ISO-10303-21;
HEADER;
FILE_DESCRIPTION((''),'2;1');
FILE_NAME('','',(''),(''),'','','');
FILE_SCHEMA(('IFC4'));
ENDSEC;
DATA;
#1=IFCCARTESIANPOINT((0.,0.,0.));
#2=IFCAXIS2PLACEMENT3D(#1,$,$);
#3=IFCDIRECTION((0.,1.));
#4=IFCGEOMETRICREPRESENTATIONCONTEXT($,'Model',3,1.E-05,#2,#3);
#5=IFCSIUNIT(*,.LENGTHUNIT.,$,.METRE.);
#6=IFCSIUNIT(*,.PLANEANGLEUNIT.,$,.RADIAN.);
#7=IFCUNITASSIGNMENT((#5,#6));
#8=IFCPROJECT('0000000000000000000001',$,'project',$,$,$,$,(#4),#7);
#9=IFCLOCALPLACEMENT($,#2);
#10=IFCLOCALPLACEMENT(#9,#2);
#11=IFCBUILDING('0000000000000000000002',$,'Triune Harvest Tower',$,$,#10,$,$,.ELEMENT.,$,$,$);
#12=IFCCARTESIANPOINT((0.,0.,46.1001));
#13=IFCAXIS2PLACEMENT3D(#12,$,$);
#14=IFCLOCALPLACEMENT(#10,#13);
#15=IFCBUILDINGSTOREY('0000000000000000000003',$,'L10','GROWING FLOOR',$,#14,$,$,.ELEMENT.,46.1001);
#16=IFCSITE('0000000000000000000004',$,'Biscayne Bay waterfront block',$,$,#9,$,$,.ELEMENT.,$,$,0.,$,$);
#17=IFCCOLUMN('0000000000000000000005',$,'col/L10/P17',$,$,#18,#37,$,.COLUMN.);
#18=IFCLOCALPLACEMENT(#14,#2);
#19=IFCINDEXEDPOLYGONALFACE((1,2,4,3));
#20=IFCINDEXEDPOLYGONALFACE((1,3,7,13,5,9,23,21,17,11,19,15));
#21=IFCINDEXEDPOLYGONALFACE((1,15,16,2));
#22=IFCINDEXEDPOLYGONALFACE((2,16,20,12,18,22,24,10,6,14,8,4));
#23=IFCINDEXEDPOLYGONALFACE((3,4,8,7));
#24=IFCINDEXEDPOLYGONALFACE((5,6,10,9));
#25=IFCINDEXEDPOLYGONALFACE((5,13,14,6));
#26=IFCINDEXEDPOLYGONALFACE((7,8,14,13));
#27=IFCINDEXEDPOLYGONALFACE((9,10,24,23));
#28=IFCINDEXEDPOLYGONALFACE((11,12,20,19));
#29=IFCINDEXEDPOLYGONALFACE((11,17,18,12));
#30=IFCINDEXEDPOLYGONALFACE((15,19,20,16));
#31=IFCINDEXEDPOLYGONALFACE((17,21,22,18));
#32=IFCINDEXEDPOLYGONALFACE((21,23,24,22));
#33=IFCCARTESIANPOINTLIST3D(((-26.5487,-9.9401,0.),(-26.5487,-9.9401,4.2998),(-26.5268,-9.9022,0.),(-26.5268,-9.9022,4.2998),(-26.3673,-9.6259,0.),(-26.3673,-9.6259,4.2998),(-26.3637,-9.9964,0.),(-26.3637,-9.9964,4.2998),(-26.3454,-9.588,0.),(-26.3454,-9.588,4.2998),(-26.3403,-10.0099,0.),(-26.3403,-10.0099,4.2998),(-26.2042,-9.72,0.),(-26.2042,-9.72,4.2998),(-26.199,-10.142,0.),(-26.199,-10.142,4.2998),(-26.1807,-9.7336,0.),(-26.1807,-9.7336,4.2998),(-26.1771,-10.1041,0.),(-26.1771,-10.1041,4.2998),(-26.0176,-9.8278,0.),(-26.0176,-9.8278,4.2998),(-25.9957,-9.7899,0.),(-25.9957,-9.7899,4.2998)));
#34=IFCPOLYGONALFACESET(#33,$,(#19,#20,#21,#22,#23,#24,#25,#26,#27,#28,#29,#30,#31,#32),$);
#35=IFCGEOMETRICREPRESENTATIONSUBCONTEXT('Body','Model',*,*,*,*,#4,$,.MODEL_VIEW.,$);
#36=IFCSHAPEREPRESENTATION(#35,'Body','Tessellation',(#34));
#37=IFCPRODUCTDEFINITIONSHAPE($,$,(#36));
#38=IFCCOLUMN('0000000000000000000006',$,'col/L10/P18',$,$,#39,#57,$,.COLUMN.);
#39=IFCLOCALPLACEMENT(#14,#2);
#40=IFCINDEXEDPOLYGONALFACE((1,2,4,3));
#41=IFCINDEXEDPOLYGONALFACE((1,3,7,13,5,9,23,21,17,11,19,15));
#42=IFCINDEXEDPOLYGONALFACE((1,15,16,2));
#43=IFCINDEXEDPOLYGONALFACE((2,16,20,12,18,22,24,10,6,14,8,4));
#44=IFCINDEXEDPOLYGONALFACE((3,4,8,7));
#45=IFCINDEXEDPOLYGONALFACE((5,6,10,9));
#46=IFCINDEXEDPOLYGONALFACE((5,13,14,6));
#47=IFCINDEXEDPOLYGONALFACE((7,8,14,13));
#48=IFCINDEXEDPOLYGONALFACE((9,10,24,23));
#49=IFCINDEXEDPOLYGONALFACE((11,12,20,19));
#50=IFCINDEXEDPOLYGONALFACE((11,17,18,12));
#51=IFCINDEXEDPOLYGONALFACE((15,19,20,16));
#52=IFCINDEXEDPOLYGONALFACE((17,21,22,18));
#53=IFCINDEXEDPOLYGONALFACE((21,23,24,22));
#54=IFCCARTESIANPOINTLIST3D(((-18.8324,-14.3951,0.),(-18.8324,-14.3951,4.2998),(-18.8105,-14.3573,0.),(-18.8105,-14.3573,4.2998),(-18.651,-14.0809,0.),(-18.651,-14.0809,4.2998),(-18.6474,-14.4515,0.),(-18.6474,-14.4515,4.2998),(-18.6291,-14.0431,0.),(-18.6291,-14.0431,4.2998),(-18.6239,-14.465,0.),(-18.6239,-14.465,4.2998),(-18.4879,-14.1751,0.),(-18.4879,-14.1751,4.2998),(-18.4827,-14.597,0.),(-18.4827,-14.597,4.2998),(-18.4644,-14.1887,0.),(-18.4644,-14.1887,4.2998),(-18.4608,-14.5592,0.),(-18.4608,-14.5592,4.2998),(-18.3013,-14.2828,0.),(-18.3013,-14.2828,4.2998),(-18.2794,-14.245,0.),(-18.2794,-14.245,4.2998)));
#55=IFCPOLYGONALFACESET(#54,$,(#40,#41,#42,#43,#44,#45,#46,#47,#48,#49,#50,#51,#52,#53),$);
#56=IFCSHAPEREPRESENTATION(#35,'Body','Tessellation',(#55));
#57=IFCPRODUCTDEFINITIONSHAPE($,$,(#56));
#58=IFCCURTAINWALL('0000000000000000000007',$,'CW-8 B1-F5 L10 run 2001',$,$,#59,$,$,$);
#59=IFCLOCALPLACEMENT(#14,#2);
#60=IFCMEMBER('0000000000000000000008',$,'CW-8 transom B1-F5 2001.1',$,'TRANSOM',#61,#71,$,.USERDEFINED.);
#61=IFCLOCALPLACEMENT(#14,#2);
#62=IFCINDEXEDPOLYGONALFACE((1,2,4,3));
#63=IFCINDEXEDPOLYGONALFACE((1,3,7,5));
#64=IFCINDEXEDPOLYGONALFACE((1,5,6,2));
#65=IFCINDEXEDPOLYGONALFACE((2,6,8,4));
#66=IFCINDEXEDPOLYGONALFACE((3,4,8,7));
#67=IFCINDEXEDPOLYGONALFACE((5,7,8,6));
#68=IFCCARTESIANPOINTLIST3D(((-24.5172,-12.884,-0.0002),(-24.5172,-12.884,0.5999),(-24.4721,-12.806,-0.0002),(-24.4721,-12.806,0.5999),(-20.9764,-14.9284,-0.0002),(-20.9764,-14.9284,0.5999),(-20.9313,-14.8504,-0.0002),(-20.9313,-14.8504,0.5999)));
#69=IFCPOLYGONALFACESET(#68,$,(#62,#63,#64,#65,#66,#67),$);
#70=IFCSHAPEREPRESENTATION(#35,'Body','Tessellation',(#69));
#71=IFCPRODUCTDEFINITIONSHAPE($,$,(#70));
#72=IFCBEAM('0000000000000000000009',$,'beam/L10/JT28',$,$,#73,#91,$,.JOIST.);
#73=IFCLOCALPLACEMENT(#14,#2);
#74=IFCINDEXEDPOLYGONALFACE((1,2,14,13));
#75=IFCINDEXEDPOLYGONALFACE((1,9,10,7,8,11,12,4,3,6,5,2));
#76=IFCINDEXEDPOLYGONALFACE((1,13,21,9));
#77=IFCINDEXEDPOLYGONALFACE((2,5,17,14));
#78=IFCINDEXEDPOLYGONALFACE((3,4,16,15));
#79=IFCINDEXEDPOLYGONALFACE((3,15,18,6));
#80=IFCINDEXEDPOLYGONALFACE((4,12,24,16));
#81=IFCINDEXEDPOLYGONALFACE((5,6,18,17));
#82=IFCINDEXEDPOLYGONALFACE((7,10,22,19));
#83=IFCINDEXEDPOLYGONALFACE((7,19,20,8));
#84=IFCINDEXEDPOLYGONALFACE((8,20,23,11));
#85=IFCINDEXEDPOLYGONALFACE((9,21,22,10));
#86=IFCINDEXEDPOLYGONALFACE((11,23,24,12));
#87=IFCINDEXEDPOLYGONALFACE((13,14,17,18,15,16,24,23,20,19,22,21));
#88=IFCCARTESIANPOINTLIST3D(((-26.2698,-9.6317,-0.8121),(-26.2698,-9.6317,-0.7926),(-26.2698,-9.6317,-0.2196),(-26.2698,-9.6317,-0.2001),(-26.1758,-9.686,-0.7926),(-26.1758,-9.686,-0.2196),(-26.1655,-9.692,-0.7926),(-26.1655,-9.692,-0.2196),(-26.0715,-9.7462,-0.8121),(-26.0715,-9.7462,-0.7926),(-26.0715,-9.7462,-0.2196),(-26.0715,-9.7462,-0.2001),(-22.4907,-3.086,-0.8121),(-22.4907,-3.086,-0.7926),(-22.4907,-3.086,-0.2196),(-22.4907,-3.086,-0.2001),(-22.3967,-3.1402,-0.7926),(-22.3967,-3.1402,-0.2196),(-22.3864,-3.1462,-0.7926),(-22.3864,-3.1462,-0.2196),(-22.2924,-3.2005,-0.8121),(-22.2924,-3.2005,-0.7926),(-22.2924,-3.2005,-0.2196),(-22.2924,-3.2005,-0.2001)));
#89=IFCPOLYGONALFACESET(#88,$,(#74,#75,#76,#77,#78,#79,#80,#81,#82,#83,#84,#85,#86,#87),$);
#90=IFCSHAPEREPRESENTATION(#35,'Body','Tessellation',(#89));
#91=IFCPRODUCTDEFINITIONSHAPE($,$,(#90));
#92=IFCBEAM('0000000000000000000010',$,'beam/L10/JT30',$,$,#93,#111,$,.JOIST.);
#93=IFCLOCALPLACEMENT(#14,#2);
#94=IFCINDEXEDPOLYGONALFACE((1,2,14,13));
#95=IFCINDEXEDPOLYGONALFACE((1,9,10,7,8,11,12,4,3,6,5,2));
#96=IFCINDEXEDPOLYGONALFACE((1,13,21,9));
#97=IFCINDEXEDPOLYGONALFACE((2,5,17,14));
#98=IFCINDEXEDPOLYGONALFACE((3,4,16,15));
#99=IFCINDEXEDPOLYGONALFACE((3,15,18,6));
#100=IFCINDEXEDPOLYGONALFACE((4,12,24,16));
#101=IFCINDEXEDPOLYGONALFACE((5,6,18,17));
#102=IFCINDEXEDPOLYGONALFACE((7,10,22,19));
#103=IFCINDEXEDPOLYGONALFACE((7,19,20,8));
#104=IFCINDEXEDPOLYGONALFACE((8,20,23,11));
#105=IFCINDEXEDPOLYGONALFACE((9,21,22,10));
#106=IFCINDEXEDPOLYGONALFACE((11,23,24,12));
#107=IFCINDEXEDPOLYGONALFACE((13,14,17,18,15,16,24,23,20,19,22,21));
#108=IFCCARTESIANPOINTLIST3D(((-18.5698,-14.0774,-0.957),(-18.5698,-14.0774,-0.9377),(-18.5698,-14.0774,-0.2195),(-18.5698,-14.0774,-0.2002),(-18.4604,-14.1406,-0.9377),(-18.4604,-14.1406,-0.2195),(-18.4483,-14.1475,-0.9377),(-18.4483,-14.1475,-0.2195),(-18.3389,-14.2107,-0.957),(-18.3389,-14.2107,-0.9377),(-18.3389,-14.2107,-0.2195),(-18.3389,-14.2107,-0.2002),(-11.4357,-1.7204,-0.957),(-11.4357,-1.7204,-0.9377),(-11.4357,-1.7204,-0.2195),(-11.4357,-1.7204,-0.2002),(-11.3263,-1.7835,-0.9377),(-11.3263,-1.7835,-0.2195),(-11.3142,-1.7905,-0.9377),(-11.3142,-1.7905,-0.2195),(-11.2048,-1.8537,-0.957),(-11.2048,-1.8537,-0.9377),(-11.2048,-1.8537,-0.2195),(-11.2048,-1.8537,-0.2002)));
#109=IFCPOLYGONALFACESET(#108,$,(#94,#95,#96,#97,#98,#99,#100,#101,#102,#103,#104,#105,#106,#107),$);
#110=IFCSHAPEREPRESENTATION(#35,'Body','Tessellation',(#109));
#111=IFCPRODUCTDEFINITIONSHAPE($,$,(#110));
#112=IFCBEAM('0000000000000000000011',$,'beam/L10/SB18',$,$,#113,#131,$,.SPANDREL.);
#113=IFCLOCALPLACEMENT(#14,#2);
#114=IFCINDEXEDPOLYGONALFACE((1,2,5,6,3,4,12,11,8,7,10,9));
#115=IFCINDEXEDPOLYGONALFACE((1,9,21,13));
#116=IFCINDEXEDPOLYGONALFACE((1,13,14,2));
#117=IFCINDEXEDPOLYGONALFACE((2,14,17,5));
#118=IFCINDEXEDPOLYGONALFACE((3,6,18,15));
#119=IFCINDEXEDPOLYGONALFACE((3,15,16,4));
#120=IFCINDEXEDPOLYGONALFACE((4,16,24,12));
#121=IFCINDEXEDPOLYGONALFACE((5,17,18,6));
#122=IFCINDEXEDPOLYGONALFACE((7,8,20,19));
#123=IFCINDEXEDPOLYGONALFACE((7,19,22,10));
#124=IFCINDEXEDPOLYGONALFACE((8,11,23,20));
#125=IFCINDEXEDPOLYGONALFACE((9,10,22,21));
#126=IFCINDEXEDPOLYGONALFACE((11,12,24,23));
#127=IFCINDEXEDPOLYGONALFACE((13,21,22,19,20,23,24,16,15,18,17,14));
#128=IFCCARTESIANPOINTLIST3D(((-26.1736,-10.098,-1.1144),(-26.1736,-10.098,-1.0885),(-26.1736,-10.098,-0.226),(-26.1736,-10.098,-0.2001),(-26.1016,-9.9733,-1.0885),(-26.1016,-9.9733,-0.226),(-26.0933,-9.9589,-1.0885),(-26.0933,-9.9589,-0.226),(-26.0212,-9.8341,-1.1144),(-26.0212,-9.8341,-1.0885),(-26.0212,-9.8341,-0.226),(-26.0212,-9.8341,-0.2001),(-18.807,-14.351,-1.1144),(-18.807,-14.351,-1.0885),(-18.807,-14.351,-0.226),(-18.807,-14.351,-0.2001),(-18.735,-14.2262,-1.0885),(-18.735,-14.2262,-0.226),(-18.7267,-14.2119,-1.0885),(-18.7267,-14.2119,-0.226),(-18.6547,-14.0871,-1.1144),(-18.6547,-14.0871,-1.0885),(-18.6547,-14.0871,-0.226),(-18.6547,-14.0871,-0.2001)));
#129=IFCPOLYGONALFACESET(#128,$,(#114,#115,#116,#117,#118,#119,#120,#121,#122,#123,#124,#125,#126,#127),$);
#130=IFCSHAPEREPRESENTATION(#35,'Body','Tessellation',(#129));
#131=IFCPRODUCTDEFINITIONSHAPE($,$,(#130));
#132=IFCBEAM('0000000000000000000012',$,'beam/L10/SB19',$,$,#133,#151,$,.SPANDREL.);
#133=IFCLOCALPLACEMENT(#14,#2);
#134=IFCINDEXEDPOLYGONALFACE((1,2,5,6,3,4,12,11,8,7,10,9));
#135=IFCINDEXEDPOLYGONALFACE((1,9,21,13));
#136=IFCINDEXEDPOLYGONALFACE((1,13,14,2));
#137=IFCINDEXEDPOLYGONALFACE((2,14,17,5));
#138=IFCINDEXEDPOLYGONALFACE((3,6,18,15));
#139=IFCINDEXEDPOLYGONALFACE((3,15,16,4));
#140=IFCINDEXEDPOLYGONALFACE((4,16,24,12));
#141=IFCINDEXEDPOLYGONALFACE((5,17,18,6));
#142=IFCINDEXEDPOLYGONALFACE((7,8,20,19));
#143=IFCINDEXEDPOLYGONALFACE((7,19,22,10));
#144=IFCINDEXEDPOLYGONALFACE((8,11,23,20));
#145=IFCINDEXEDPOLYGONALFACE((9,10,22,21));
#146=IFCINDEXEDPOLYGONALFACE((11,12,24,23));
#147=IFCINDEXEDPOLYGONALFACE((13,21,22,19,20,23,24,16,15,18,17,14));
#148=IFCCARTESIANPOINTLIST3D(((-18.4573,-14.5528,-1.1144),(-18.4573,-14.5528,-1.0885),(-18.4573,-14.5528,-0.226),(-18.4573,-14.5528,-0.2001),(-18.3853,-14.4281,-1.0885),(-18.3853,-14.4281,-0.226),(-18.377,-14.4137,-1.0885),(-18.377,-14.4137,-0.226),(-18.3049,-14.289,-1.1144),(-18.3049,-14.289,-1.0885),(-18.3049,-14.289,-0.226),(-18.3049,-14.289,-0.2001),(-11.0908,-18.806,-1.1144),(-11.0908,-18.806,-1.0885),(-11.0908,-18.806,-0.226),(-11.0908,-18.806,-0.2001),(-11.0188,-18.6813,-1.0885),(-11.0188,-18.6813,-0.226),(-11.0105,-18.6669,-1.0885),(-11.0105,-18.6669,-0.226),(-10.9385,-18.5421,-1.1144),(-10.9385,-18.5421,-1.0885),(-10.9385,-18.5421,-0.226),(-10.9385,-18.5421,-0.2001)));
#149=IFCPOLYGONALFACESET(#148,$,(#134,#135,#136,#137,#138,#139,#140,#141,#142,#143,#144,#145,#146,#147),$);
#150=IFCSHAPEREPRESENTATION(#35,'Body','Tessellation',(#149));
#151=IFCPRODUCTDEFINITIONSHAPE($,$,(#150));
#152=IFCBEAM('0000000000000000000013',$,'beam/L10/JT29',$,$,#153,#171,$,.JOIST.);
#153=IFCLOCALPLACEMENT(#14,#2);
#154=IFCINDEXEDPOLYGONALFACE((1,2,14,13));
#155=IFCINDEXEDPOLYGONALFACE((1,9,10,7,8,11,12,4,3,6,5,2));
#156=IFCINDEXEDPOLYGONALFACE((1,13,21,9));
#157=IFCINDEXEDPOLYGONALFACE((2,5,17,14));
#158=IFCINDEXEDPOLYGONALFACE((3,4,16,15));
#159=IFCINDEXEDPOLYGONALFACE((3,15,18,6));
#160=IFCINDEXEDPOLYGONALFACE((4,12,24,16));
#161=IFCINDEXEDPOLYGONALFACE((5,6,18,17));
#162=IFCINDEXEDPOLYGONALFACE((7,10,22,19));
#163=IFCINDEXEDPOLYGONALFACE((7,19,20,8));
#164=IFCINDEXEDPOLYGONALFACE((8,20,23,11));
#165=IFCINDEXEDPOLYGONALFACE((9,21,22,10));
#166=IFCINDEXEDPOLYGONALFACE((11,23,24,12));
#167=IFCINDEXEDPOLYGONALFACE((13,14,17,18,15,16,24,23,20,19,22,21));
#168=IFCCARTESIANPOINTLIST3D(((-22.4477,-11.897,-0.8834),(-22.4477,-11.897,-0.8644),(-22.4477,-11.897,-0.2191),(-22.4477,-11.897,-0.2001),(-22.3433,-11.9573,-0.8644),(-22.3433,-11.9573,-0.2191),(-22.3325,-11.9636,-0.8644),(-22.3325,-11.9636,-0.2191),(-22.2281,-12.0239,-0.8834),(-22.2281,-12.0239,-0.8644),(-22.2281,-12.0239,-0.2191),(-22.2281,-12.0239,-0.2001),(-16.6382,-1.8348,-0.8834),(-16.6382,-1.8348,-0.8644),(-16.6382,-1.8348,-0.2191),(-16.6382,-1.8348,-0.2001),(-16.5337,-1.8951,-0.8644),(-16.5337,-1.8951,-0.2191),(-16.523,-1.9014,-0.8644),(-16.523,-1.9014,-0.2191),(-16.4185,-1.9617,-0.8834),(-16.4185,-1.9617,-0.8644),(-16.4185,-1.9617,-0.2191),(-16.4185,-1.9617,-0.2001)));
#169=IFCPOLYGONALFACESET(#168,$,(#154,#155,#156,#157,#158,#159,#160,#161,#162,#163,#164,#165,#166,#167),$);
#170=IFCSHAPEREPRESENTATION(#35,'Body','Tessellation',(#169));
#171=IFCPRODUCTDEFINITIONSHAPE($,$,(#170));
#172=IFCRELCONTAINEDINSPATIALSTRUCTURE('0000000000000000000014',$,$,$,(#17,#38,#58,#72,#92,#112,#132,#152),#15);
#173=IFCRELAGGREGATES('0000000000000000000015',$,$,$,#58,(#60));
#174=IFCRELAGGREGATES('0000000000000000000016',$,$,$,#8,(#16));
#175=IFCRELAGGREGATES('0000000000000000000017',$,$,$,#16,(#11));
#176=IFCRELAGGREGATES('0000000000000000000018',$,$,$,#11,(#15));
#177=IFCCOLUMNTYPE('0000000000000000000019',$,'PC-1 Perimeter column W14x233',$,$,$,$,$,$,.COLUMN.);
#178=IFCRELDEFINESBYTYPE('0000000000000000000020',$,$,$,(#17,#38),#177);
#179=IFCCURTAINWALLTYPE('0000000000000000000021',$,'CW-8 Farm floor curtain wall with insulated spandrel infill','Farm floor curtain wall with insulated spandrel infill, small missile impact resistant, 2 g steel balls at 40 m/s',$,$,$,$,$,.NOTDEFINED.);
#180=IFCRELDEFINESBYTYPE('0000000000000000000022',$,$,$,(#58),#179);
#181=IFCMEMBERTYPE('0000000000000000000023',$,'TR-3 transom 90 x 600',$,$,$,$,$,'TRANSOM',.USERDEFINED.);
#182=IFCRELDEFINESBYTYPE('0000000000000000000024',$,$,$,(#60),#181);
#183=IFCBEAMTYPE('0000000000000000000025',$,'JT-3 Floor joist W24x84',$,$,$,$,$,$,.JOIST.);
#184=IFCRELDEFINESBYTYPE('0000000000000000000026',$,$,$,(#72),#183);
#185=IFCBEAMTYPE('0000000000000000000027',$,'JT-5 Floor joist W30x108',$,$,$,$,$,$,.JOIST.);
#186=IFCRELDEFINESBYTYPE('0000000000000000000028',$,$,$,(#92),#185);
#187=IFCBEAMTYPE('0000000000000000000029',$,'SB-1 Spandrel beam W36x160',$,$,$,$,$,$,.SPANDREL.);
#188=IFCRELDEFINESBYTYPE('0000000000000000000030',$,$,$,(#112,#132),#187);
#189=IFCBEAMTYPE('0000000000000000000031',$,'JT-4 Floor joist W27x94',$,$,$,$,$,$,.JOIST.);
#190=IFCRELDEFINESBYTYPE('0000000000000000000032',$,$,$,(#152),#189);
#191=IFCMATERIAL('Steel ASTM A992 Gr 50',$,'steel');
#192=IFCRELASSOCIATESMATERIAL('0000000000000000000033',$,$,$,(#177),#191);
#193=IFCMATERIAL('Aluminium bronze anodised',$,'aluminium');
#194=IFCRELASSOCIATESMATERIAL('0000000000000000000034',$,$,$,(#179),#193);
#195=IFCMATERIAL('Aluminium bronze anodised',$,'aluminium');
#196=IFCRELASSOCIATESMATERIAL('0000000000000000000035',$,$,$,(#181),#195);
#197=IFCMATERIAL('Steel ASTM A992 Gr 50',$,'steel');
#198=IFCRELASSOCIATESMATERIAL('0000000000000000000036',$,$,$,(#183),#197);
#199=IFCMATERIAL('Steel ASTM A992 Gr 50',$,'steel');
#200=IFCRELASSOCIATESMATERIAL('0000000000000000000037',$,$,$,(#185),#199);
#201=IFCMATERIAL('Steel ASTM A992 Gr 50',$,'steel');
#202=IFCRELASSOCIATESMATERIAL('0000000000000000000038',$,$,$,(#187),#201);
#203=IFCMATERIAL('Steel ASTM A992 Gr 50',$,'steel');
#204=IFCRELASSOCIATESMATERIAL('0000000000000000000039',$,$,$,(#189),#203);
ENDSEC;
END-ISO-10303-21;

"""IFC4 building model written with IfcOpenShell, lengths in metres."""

from ifc_helpers import new_model, si_unit, direction, frame, origin, origin_2d, place, context, subcontext, project, spatial, rectangle, i_section, extrude, source, transform, mapped, material, material_profile, profile_set, type_object, element, aggregate, save


model = new_model("IFC4")

# Units and contexts
model_context = context("Model", 3, precision=1e-05, world=origin(), true_north=direction((0.0, 1.0)))
body_context = subcontext(model_context, "Body", "Model", "MODEL_VIEW")
ifc_project = project(units=[si_unit("LENGTHUNIT", "METRE"), si_unit("PLANEANGLEUNIT", "RADIAN")], contexts=[model_context])

# Site, building, storey
site_placement = place(None, origin())
site = spatial("IfcSite", under=ifc_project, at=site_placement, Name="Biscayne Bay waterfront block", CompositionType="ELEMENT", RefElevation=0.0)
building_placement = place(site_placement, origin())
building = spatial("IfcBuilding", under=site, at=building_placement, Name="Triune Harvest Tower", CompositionType="ELEMENT")
storey_placement = place(building_placement, frame((0.0, 0.0, 46.1001)))
storey = spatial("IfcBuildingStorey", under=building, at=storey_placement, Name="L10", Description="GROWING FLOOR", CompositionType="ELEMENT", Elevation=46.1001)

# Columns
ifc_material_1 = material(Name="Steel ASTM A992 Gr 50", Category="steel")
ifc_material_profile_1 = material_profile(ifc_material_1, i_section(OverallWidth=0.4038, OverallDepth=0.4065, WebThickness=0.0271, FlangeThickness=0.0437, at=origin_2d()), Name="W14x233")
ifc_profile_set_1 = profile_set([ifc_material_profile_1], Name="Steel ASTM A992 Gr 50")
column_type = type_object("IfcColumnType", Name="PC-1 Perimeter column W14x233", PredefinedType="COLUMN", material=ifc_profile_set_1)
shared_shape_1 = source(origin(), body_context, "Body", "SweptSolid", [
    extrude(i_section(OverallWidth=0.4038, OverallDepth=0.4065, WebThickness=0.0271, FlangeThickness=0.0437, at=origin_2d()), origin(), (0.0, 0.0, 1.0), 4.2998),
])
for number, where, z_axis, x_axis, name in (
    (1, (-26.2722, -9.865, 0.0), (0.0, 0.0, 1.0), (0.866025, -0.5, 0.0), "col/L10/P17"),
    (2, (-18.5559, -14.3201, 0.0), (0.0, 0.0, 1.0), (0.866025, -0.5, 0.0), "col/L10/P18"),
):
    element("IfcColumn", number, at=place(storey_placement, frame(where, z_axis=z_axis, x_axis=x_axis)), inside=storey, type_object=column_type, Name=name, PredefinedType="COLUMN", context=body_context, shape_type="MappedRepresentation", body=[
        mapped(shared_shape_1, transform((0.0, 0.0, 0.0), scale=1.0)),
    ])

# Curtain wall, member
ifc_material_2 = material(Name="Aluminium bronze anodised", Category="aluminium")
curtain_wall_type_1 = type_object("IfcCurtainWallType", Name="CW-8 Farm floor curtain wall with insulated spandrel infill", Description="Farm floor curtain wall with insulated spandrel infill, small missile impact resistant, 2 g steel balls at 40 m/s", PredefinedType="NOTDEFINED", material=ifc_material_2)
curtain_wall_1_placement = place(storey_placement, origin())
curtain_wall_1 = element("IfcCurtainWall", 3, at=curtain_wall_1_placement, inside=storey, type_object=curtain_wall_type_1, Name="CW-8 B1-F5 L10 run 2001")
ifc_material_3 = material(Name="Aluminium bronze anodised", Category="aluminium")
ifc_material_profile_2 = material_profile(ifc_material_3, rectangle(XDim=0.0901, YDim=0.6001, at=origin_2d()), Name="TR-3 transom 90 x 600")
ifc_profile_set_2 = profile_set([ifc_material_profile_2], Name="Aluminium bronze anodised")
member_type_1 = type_object("IfcMemberType", Name="TR-3 transom 90 x 600", ElementType="TRANSOM", PredefinedType="USERDEFINED", material=ifc_profile_set_2)
member_1_placement = place(storey_placement, frame((-24.4946, -12.845, 0.2998), z_axis=(0.866008, -0.500031, 0.0), x_axis=(0.500031, 0.866008, 0.0)))
member_1 = element("IfcMember", 4, at=member_1_placement, type_object=member_type_1, Name="CW-8 transom B1-F5 2001.1", ObjectType="TRANSOM", PredefinedType="USERDEFINED", context=body_context, shape_type="SweptSolid", body=[
    extrude(rectangle(XDim=0.0901, YDim=0.6001, at=origin_2d()), origin(), (0.0, 0.0, 1.0), 4.0886),
])

# Beams
ifc_material_4 = material(Name="Steel ASTM A992 Gr 50", Category="steel")
ifc_material_profile_3 = material_profile(ifc_material_4, i_section(OverallWidth=0.229, OverallDepth=0.6121, WebThickness=0.012, FlangeThickness=0.0195, at=origin_2d()), Name="W24x84")
ifc_profile_set_3 = profile_set([ifc_material_profile_3], Name="Steel ASTM A992 Gr 50")
beam_type_1 = type_object("IfcBeamType", Name="JT-3 Floor joist W24x84", PredefinedType="JOIST", material=ifc_profile_set_3)
shared_shape_2 = source(origin(), body_context, "Body", "SweptSolid", [
    extrude(i_section(OverallWidth=0.229, OverallDepth=0.6121, WebThickness=0.012, FlangeThickness=0.0195, at=origin_2d()), origin(), (0.0, 0.0, 1.0), 7.5583),
])
beam_1_placement = place(storey_placement, frame((-26.1707, -9.689, -0.5061), z_axis=(0.499992, 0.86603, 0.0), x_axis=(-0.86603, 0.499992, 0.0)))
element("IfcBeam", 5, at=beam_1_placement, inside=storey, type_object=beam_type_1, Name="beam/L10/JT28", PredefinedType="JOIST", context=body_context, shape_type="MappedRepresentation", body=[
    mapped(shared_shape_2, transform((0.0, 0.0, 0.0), scale=1.0)),
])
ifc_material_5 = material(Name="Steel ASTM A992 Gr 50", Category="steel")
ifc_material_profile_4 = material_profile(ifc_material_5, i_section(OverallWidth=0.2666, OverallDepth=0.7568, WebThickness=0.0139, FlangeThickness=0.0193, at=origin_2d()), Name="W30x108")
ifc_profile_set_4 = profile_set([ifc_material_profile_4], Name="Steel ASTM A992 Gr 50")
beam_type_2 = type_object("IfcBeamType", Name="JT-5 Floor joist W30x108", PredefinedType="JOIST", material=ifc_profile_set_4)
shared_shape_3 = source(origin(), body_context, "Body", "SweptSolid", [
    extrude(i_section(OverallWidth=0.2666, OverallDepth=0.7568, WebThickness=0.0139, FlangeThickness=0.0193, at=origin_2d()), origin(), (0.0, 0.0, 1.0), 14.2686),
])
beam_2_placement = place(storey_placement, frame((-18.4543, -14.144, -0.5786), z_axis=(0.499987, 0.866033, 0.0), x_axis=(-0.866033, 0.499987, 0.0)))
element("IfcBeam", 6, at=beam_2_placement, inside=storey, type_object=beam_type_2, Name="beam/L10/JT30", PredefinedType="JOIST", context=body_context, shape_type="MappedRepresentation", body=[
    mapped(shared_shape_3, transform((0.0, 0.0, 0.0), scale=1.0)),
])
ifc_material_6 = material(Name="Steel ASTM A992 Gr 50", Category="steel")
ifc_material_profile_5 = material_profile(ifc_material_6, i_section(OverallWidth=0.3047, OverallDepth=0.9143, WebThickness=0.0166, FlangeThickness=0.0259, at=origin_2d()), Name="W36x160")
ifc_profile_set_5 = profile_set([ifc_material_profile_5], Name="Steel ASTM A992 Gr 50")
beam_type_3 = type_object("IfcBeamType", Name="SB-1 Spandrel beam W36x160", PredefinedType="SPANDREL", material=ifc_profile_set_5)
shared_shape_4 = source(origin(), body_context, "Body", "SweptSolid", [
    extrude(i_section(OverallWidth=0.3047, OverallDepth=0.9143, WebThickness=0.0166, FlangeThickness=0.0259, at=origin_2d()), origin(), (0.0, 0.0, 1.0), 8.5061),
])
for number, where, z_axis, x_axis, name in (
    (7, (-26.0974, -9.9661, -0.6572), (0.86603, -0.499992, 0.0), (0.499992, 0.86603, 0.0), "beam/L10/SB18"),
    (8, (-18.3811, -14.4209, -0.6572), (0.866018, -0.500013, 0.0), (0.500013, 0.866018, 0.0), "beam/L10/SB19"),
):
    element("IfcBeam", number, at=place(storey_placement, frame(where, z_axis=z_axis, x_axis=x_axis)), inside=storey, type_object=beam_type_3, Name=name, PredefinedType="SPANDREL", context=body_context, shape_type="MappedRepresentation", body=[
        mapped(shared_shape_4, transform((0.0, 0.0, 0.0), scale=1.0)),
    ])
ifc_material_7 = material(Name="Steel ASTM A992 Gr 50", Category="steel")
ifc_material_profile_6 = material_profile(ifc_material_7, i_section(OverallWidth=0.2537, OverallDepth=0.6833, WebThickness=0.0125, FlangeThickness=0.019, at=origin_2d()), Name="W27x94")
ifc_profile_set_6 = profile_set([ifc_material_profile_6], Name="Steel ASTM A992 Gr 50")
beam_type_4 = type_object("IfcBeamType", Name="JT-4 Floor joist W27x94", PredefinedType="JOIST", material=ifc_profile_set_6)
shared_shape_5 = source(origin(), body_context, "Body", "SweptSolid", [
    extrude(i_section(OverallWidth=0.2537, OverallDepth=0.6833, WebThickness=0.0125, FlangeThickness=0.019, at=origin_2d()), origin(), (0.0, 0.0, 1.0), 11.6189),
])
beam_3_placement = place(storey_placement, frame((-22.3379, -11.9604, -0.5417), z_axis=(0.500008, 0.866021, 0.0), x_axis=(-0.866021, 0.500008, 0.0)))
element("IfcBeam", 9, at=beam_3_placement, inside=storey, type_object=beam_type_4, Name="beam/L10/JT29", PredefinedType="JOIST", context=body_context, shape_type="MappedRepresentation", body=[
    mapped(shared_shape_5, transform((0.0, 0.0, 0.0), scale=1.0)),
])

aggregate(curtain_wall_1, [member_1])

save(model, "model.ifc")
